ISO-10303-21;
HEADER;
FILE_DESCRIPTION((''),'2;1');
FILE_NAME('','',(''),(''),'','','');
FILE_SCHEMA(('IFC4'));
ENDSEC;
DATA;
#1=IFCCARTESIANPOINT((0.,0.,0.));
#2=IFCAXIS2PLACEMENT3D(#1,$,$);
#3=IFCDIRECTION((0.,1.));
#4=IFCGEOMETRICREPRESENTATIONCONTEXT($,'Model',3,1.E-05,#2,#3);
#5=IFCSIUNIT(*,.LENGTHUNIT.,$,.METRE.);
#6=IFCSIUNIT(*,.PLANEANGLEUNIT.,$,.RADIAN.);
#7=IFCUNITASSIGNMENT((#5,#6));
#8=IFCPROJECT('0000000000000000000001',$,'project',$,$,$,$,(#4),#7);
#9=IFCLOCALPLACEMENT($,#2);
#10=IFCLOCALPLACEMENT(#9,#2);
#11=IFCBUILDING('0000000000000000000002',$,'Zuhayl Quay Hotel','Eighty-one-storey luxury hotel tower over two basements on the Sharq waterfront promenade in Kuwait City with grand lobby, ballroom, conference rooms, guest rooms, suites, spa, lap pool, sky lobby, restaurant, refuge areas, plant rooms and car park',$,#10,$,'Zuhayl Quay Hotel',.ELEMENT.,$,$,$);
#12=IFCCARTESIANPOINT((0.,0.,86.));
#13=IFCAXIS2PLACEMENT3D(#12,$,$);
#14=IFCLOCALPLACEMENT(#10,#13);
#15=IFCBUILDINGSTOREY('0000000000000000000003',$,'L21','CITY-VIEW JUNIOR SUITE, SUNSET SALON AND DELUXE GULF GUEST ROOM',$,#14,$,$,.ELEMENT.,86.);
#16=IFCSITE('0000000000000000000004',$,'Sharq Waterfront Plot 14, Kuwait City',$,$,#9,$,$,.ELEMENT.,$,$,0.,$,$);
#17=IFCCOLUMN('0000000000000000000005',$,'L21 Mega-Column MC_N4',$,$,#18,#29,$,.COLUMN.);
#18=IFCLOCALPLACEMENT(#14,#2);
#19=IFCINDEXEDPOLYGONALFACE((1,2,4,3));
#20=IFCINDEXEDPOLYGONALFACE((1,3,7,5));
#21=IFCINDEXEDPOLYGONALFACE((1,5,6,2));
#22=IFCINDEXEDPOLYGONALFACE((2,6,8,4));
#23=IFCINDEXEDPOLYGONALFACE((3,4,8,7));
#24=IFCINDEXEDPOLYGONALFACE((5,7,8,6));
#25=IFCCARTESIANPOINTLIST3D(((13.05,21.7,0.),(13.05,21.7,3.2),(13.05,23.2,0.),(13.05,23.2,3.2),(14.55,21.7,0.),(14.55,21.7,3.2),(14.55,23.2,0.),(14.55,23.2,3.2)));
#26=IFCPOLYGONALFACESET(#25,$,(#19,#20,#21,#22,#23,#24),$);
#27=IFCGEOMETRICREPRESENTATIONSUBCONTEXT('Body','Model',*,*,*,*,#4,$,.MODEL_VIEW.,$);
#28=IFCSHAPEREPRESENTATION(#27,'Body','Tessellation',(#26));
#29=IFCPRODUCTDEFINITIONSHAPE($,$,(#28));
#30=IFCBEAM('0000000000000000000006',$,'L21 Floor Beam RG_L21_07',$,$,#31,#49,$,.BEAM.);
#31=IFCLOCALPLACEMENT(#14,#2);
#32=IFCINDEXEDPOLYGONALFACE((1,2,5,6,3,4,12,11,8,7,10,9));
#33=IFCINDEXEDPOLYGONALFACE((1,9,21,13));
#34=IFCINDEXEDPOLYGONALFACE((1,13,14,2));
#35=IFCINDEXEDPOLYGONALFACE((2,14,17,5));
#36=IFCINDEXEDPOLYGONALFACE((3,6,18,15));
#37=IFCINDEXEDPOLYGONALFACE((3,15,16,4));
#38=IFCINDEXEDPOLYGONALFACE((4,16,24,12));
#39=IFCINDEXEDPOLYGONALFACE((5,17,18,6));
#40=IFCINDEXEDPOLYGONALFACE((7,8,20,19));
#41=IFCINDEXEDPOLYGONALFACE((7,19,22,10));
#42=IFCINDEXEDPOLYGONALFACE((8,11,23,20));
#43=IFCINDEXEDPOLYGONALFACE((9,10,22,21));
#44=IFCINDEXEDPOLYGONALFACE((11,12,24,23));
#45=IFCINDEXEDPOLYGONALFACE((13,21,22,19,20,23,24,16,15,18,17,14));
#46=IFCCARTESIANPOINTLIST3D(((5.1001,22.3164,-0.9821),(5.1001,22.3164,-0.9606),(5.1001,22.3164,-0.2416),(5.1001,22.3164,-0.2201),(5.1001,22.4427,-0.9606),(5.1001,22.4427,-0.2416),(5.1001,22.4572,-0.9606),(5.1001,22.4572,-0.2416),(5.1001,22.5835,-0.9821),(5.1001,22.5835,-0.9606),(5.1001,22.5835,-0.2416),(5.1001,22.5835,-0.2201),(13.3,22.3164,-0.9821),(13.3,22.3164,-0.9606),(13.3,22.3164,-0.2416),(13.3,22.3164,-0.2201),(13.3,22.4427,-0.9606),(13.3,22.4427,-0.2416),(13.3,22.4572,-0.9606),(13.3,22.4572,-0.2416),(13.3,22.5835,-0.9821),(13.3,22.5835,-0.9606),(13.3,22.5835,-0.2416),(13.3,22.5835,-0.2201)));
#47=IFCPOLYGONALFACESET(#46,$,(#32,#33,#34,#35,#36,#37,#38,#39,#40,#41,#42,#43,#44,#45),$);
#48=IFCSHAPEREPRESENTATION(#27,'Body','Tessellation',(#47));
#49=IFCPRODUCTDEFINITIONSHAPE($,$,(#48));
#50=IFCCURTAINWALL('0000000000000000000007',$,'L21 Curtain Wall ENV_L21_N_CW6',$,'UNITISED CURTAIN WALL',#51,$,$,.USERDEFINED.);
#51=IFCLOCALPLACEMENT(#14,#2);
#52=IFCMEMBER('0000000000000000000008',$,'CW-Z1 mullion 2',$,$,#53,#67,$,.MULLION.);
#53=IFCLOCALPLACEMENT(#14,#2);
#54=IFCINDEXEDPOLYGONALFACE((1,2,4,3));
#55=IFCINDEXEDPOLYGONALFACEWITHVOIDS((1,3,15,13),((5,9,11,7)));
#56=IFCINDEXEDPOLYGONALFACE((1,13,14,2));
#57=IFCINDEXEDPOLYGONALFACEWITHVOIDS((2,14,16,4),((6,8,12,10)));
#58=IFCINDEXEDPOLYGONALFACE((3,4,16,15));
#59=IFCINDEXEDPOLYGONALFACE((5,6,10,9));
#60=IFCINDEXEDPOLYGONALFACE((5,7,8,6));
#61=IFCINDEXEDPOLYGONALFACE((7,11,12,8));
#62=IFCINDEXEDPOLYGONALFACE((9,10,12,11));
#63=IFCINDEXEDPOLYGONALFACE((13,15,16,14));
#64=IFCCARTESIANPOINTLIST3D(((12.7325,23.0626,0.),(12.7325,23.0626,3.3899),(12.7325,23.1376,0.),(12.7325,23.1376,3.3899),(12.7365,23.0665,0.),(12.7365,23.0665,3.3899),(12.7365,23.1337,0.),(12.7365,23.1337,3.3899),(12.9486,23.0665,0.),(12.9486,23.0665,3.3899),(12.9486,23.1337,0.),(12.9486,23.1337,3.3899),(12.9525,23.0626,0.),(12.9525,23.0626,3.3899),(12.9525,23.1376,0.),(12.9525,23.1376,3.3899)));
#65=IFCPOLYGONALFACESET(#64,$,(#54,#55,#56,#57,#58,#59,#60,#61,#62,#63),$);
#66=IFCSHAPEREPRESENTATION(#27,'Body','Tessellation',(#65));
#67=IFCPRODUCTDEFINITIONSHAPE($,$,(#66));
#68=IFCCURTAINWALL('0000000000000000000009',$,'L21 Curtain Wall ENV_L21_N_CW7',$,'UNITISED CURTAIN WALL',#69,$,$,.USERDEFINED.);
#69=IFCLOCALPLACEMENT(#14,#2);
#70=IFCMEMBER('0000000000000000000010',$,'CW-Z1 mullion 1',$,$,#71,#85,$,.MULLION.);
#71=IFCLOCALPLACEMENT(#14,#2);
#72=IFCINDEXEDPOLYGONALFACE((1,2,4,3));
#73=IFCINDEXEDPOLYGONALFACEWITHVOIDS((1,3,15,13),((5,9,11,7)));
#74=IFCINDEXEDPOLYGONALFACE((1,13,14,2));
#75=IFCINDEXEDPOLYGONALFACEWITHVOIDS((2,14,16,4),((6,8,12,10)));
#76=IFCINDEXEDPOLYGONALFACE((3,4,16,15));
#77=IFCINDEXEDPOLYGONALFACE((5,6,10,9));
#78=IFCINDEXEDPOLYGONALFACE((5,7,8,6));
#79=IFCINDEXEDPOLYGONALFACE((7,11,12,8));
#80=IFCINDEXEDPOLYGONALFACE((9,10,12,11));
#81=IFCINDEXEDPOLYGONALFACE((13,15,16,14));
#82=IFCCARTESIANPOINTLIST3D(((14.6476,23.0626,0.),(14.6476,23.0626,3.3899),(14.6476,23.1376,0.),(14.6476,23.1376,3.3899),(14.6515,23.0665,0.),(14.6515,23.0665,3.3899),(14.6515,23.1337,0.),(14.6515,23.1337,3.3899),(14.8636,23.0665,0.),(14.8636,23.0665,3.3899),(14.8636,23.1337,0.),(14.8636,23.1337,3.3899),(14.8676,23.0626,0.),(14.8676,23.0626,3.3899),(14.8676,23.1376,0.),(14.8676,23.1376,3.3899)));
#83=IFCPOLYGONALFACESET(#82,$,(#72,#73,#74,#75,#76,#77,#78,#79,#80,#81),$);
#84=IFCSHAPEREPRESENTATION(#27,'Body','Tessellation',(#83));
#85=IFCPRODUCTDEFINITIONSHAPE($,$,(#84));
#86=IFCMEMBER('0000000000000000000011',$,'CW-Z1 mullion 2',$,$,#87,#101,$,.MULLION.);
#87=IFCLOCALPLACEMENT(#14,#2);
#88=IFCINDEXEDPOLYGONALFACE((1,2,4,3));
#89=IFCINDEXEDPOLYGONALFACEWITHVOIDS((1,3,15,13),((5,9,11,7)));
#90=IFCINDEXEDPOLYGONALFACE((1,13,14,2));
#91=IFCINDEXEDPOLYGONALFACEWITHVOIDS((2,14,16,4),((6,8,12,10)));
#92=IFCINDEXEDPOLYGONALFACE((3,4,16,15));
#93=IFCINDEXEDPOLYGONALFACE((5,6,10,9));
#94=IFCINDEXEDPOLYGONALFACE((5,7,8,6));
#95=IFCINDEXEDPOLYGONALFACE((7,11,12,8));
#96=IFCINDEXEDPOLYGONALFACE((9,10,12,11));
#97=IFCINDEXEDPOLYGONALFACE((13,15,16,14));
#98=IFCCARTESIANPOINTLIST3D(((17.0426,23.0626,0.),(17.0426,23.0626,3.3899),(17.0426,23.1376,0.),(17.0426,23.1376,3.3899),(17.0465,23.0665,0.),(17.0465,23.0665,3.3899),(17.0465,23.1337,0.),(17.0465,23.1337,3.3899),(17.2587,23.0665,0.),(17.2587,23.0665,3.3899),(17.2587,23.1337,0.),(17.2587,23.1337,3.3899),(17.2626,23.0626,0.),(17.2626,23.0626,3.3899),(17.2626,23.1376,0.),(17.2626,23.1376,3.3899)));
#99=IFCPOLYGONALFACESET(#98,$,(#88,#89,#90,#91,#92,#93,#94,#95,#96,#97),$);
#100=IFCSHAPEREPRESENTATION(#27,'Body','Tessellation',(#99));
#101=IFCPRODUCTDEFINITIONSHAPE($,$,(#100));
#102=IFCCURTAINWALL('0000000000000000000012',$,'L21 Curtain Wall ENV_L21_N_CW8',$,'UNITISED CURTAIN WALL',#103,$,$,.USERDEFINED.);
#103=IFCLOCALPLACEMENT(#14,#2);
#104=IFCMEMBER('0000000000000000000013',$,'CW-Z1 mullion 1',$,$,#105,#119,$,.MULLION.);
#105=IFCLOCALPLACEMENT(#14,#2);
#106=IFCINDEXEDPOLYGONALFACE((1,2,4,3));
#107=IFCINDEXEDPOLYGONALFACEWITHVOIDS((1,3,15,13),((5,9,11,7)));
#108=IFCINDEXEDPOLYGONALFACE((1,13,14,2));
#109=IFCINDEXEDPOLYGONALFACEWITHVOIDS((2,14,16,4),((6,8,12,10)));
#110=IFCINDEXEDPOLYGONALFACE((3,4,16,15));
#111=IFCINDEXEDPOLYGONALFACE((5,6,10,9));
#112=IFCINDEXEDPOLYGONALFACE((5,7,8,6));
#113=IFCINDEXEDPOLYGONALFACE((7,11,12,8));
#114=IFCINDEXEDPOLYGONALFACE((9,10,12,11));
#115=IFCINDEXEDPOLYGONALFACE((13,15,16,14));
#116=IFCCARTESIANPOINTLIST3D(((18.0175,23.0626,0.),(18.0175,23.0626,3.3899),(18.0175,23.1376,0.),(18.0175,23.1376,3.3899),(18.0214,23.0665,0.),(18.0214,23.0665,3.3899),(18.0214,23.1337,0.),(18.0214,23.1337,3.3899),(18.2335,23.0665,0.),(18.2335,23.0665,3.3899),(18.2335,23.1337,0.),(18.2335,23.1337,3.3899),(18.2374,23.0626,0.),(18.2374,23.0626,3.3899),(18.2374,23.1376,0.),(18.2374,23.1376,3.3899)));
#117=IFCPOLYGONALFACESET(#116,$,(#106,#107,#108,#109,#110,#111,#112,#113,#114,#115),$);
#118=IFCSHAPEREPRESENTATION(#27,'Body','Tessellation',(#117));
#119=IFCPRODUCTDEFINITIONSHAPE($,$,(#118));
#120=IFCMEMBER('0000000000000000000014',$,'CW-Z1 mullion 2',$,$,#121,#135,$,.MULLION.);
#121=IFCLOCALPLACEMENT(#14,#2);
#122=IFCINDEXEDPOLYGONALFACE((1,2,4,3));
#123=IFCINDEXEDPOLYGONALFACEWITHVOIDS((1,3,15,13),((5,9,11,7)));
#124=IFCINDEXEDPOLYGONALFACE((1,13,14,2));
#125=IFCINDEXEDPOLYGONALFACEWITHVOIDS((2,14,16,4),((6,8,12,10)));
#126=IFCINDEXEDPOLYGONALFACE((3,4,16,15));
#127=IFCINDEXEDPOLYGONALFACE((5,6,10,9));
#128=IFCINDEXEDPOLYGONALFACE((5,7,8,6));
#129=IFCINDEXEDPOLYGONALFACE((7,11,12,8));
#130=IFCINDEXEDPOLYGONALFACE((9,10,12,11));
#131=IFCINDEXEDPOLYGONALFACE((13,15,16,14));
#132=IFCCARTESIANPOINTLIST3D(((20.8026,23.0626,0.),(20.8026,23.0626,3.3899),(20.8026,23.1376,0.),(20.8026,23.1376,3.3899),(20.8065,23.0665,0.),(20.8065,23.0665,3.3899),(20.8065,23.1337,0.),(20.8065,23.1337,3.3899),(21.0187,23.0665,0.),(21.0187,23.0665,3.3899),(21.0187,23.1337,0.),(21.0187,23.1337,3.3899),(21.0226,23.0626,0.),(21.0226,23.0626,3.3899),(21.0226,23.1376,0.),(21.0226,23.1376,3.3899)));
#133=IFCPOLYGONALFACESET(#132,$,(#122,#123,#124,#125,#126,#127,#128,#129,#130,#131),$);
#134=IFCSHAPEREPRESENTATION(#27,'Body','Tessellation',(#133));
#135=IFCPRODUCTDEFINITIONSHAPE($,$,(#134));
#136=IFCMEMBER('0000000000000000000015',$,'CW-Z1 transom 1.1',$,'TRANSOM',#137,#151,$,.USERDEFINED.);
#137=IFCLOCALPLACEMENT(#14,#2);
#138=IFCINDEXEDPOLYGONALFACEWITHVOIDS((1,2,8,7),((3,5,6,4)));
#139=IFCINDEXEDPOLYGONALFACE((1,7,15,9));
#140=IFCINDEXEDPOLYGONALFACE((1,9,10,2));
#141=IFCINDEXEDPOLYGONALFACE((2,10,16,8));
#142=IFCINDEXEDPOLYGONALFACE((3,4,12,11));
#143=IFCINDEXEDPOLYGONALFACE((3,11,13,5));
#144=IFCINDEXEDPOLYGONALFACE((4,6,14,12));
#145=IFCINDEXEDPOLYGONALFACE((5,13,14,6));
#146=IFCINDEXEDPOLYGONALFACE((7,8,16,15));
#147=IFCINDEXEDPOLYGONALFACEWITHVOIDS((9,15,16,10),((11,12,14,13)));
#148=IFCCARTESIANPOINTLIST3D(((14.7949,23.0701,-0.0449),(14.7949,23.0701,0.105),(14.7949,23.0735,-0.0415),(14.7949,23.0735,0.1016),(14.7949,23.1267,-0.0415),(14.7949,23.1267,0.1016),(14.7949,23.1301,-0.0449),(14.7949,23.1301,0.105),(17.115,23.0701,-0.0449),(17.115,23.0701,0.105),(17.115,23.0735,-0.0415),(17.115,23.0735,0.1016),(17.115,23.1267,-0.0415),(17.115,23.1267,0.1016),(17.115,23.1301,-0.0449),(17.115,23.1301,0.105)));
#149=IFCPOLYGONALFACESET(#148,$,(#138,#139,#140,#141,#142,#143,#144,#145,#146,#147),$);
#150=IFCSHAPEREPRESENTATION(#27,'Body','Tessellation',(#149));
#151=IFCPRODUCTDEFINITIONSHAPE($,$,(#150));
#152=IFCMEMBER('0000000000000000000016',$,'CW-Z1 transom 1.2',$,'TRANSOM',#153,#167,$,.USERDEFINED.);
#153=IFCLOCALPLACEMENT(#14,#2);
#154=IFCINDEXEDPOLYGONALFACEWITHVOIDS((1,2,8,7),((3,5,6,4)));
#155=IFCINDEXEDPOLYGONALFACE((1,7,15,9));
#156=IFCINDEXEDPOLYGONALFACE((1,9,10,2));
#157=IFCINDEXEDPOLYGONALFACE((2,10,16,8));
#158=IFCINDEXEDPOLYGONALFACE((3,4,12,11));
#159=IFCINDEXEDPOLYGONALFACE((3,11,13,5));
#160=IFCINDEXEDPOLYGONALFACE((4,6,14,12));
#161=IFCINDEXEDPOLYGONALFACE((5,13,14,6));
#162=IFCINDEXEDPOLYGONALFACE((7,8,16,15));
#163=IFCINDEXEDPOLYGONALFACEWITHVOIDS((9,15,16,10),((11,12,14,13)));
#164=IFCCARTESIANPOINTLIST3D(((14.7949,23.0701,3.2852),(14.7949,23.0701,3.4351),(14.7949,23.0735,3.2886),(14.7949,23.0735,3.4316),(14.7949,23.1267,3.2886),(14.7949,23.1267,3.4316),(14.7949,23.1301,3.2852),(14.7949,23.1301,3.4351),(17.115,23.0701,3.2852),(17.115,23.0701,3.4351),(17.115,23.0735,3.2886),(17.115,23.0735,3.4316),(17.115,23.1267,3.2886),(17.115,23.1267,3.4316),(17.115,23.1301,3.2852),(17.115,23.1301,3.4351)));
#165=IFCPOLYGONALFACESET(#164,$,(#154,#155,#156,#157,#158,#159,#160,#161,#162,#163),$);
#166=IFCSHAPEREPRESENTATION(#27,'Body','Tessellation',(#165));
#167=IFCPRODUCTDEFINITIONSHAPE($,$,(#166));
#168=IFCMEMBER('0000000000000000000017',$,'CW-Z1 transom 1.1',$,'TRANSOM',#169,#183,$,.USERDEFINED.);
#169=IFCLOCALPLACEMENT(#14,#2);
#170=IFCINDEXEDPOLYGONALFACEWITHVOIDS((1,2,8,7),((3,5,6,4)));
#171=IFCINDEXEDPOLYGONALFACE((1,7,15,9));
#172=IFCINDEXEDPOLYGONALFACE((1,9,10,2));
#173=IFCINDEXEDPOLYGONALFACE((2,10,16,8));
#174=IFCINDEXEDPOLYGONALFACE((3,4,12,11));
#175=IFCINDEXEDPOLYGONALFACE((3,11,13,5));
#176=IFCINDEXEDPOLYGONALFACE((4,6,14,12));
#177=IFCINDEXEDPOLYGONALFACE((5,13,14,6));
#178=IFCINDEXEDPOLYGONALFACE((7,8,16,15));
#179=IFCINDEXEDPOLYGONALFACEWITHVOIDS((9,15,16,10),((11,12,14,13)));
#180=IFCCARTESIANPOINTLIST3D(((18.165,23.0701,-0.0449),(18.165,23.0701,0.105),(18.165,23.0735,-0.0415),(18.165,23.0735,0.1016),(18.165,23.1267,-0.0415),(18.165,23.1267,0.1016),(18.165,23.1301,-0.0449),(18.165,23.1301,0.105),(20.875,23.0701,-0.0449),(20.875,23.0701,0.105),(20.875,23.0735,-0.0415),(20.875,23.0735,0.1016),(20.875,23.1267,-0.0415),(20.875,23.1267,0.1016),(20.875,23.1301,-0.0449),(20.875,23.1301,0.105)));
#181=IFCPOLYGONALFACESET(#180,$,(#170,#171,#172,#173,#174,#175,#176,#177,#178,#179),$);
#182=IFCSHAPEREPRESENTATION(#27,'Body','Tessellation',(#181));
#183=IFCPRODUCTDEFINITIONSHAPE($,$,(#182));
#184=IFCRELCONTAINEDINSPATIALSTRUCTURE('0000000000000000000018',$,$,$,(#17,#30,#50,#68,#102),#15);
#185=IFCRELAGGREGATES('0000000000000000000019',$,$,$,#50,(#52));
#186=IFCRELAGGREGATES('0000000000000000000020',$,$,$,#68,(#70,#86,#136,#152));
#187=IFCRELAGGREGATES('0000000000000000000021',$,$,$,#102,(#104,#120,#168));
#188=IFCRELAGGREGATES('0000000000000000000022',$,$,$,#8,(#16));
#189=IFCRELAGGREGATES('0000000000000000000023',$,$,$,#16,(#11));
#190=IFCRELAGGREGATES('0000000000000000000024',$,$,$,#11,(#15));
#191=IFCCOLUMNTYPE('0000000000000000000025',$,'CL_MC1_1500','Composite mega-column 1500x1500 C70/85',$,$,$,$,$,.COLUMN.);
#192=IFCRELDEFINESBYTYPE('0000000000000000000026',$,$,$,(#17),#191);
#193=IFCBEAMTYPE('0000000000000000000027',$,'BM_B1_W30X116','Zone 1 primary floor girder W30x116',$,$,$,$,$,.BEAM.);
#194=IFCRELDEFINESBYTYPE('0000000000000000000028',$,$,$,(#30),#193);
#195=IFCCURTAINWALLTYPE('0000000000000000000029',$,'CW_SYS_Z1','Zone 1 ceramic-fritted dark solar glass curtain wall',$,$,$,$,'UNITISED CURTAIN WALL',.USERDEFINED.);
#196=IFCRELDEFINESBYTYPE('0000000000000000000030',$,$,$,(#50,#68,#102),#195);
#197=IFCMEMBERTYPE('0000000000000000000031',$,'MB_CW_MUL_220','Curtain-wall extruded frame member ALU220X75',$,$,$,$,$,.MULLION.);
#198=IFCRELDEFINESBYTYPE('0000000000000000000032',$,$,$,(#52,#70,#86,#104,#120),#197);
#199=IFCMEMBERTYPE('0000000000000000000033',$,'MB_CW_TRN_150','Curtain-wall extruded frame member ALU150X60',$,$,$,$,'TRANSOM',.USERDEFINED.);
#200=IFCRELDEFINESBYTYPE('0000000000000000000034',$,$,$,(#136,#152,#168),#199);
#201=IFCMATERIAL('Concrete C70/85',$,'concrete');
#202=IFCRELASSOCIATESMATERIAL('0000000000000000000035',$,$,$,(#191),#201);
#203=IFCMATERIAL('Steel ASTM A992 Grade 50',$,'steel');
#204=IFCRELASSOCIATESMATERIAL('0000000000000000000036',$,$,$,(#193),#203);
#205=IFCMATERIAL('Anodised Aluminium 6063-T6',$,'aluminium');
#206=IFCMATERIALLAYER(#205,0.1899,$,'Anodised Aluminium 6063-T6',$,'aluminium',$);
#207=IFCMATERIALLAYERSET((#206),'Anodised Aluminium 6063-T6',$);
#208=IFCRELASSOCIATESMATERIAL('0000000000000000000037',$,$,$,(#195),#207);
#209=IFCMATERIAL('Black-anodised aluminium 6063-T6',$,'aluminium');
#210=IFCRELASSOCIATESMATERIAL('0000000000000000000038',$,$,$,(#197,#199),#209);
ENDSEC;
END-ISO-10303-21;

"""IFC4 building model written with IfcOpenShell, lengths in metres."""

from ifc_helpers import new_model, si_unit, direction, frame, origin, origin_2d, place, context, subcontext, project, spatial, rectangle, hollow_rectangle, i_section, extrude, material, layer, layer_set, material_profile, profile_set, type_object, element, aggregate, save


model = new_model("IFC4")

# Units and contexts
model_context = context("Model", 3, precision=1e-05, world=origin(), true_north=direction((0.0, 1.0)))
body_context = subcontext(model_context, "Body", "Model", "MODEL_VIEW")
ifc_project = project(units=[si_unit("LENGTHUNIT", "METRE"), si_unit("PLANEANGLEUNIT", "RADIAN")], contexts=[model_context])

# Site, building, storey
site_placement = place(None, origin())
site = spatial("IfcSite", under=ifc_project, at=site_placement, Name="Sharq Waterfront Plot 14, Kuwait City", CompositionType="ELEMENT", RefElevation=0.0)
building_placement = place(site_placement, origin())
building = spatial("IfcBuilding", under=site, at=building_placement, Name="Zuhayl Quay Hotel", Description="Eighty-one-storey luxury hotel tower over two basements on the Sharq waterfront promenade in Kuwait City with grand lobby, ballroom, conference rooms, guest rooms, suites, spa, lap pool, sky lobby, restaurant, refuge areas, plant rooms and car park", LongName="Zuhayl Quay Hotel", CompositionType="ELEMENT")
storey_placement = place(building_placement, frame((0.0, 0.0, 86.0)))
storey = spatial("IfcBuildingStorey", under=building, at=storey_placement, Name="L21", Description="CITY-VIEW JUNIOR SUITE, SUNSET SALON AND DELUXE GULF GUEST ROOM", CompositionType="ELEMENT", Elevation=86.0)

# Column
ifc_material_1 = material(Name="Concrete C70/85", Category="concrete")
ifc_material_profile_1 = material_profile(ifc_material_1, rectangle(XDim=1.5, YDim=1.5, at=origin_2d()), Name="RC1500X1500")
ifc_profile_set_1 = profile_set([ifc_material_profile_1], Name="Concrete C70/85")
column_type = type_object("IfcColumnType", Name="CL_MC1_1500", Description="Composite mega-column 1500x1500 C70/85", PredefinedType="COLUMN", material=ifc_profile_set_1)
column_placement = place(storey_placement, frame((13.8, 22.45, 0.0), z_axis=(0.0, 0.0, 1.0), x_axis=(1.0, 0.0, 0.0)))
element("IfcColumn", 1, at=column_placement, inside=storey, type_object=column_type, Name="L21 Mega-Column MC_N4", PredefinedType="COLUMN", context=body_context, shape_type="SweptSolid", body=[
    extrude(rectangle(XDim=1.5, YDim=1.5, at=origin_2d()), origin(), (0.0, 0.0, 1.0), 3.2),
])

# Beam
ifc_material_2 = material(Name="Steel ASTM A992 Grade 50", Category="steel")
ifc_material_profile_2 = material_profile(ifc_material_2, i_section(OverallWidth=0.2671, OverallDepth=0.762, WebThickness=0.0144, FlangeThickness=0.0215, at=origin_2d()), Name="W30X116")
ifc_profile_set_2 = profile_set([ifc_material_profile_2], Name="Steel ASTM A992 Grade 50")
beam_type = type_object("IfcBeamType", Name="BM_B1_W30X116", Description="Zone 1 primary floor girder W30x116", PredefinedType="BEAM", material=ifc_profile_set_2)
beam_placement = place(storey_placement, frame((13.3, 22.45, -0.6011), z_axis=(-1.0, 0.0, 0.0), x_axis=(0.0, -1.0, 0.0)))
element("IfcBeam", 2, at=beam_placement, inside=storey, type_object=beam_type, Name="L21 Floor Beam RG_L21_07", PredefinedType="BEAM", context=body_context, shape_type="SweptSolid", body=[
    extrude(i_section(OverallWidth=0.2671, OverallDepth=0.762, WebThickness=0.0144, FlangeThickness=0.0215, at=origin_2d()), origin(), (0.0, 0.0, 1.0), 8.2),
])

# Curtain wall, member
ifc_material_3 = material(Name="Anodised Aluminium 6063-T6", Category="aluminium")
ifc_layer_1 = layer(ifc_material_3, 0.1899, Name="Anodised Aluminium 6063-T6", Category="aluminium")
ifc_layer_set_1 = layer_set([ifc_layer_1], Name="Anodised Aluminium 6063-T6")
curtain_wall_type = type_object("IfcCurtainWallType", Name="CW_SYS_Z1", Description="Zone 1 ceramic-fritted dark solar glass curtain wall", ElementType="UNITISED CURTAIN WALL", PredefinedType="USERDEFINED", material=ifc_layer_set_1)
curtain_wall_1_placement = place(storey_placement, origin())
curtain_wall_1 = element("IfcCurtainWall", 3, at=curtain_wall_1_placement, inside=storey, type_object=curtain_wall_type, Name="L21 Curtain Wall ENV_L21_N_CW6", ObjectType="UNITISED CURTAIN WALL", PredefinedType="USERDEFINED")
ifc_material_4 = material(Name="Black-anodised aluminium 6063-T6", Category="aluminium")
ifc_material_profile_3 = material_profile(ifc_material_4, hollow_rectangle(XDim=0.075, YDim=0.22, WallThickness=0.0039, at=origin_2d()), Name="ALU220X75")
ifc_profile_set_3 = profile_set([ifc_material_profile_3], Name="Black-anodised aluminium 6063-T6")
member_type_1 = type_object("IfcMemberType", Name="MB_CW_MUL_220", Description="Curtain-wall extruded frame member ALU220X75", PredefinedType="MULLION", material=ifc_profile_set_3)
member_1_placement = place(storey_placement, frame((12.8425, 23.1001, 0.0), z_axis=(0.0, 0.0, 1.0), x_axis=(0.0, 1.0, 0.0)))
member_1 = element("IfcMember", 4, at=member_1_placement, type_object=member_type_1, Name="CW-Z1 mullion 2", PredefinedType="MULLION", context=body_context, shape_type="SweptSolid", body=[
    extrude(hollow_rectangle(XDim=0.075, YDim=0.22, WallThickness=0.0039, at=origin_2d()), origin(), (0.0, 0.0, 1.0), 3.3899),
])
aggregate(curtain_wall_1, [member_1])

# Curtain walls, members
curtain_wall_2_placement = place(storey_placement, origin())
curtain_wall_2 = element("IfcCurtainWall", 5, at=curtain_wall_2_placement, inside=storey, type_object=curtain_wall_type, Name="L21 Curtain Wall ENV_L21_N_CW7", ObjectType="UNITISED CURTAIN WALL", PredefinedType="USERDEFINED")
member_2_placement = place(storey_placement, frame((14.7576, 23.1001, 0.0), z_axis=(0.0, 0.0, 1.0), x_axis=(0.0, 1.0, 0.0)))
member_2 = element("IfcMember", 6, at=member_2_placement, type_object=member_type_1, Name="CW-Z1 mullion 1", PredefinedType="MULLION", context=body_context, shape_type="SweptSolid", body=[
    extrude(hollow_rectangle(XDim=0.075, YDim=0.22, WallThickness=0.0039, at=origin_2d()), origin(), (0.0, 0.0, 1.0), 3.3899),
])
member_3_placement = place(storey_placement, frame((17.1526, 23.1001, 0.0), z_axis=(0.0, 0.0, 1.0), x_axis=(0.0, 1.0, 0.0)))
member_3 = element("IfcMember", 7, at=member_3_placement, type_object=member_type_1, Name="CW-Z1 mullion 2", PredefinedType="MULLION", context=body_context, shape_type="SweptSolid", body=[
    extrude(hollow_rectangle(XDim=0.075, YDim=0.22, WallThickness=0.0039, at=origin_2d()), origin(), (0.0, 0.0, 1.0), 3.3899),
])
curtain_wall_3_placement = place(storey_placement, origin())
curtain_wall_3 = element("IfcCurtainWall", 8, at=curtain_wall_3_placement, inside=storey, type_object=curtain_wall_type, Name="L21 Curtain Wall ENV_L21_N_CW8", ObjectType="UNITISED CURTAIN WALL", PredefinedType="USERDEFINED")
member_4_placement = place(storey_placement, frame((18.1274, 23.1001, 0.0), z_axis=(0.0, 0.0, 1.0), x_axis=(0.0, 1.0, 0.0)))
member_4 = element("IfcMember", 9, at=member_4_placement, type_object=member_type_1, Name="CW-Z1 mullion 1", PredefinedType="MULLION", context=body_context, shape_type="SweptSolid", body=[
    extrude(hollow_rectangle(XDim=0.075, YDim=0.22, WallThickness=0.0039, at=origin_2d()), origin(), (0.0, 0.0, 1.0), 3.3899),
])
member_5_placement = place(storey_placement, frame((20.9126, 23.1001, 0.0), z_axis=(0.0, 0.0, 1.0), x_axis=(0.0, 1.0, 0.0)))
member_5 = element("IfcMember", 10, at=member_5_placement, type_object=member_type_1, Name="CW-Z1 mullion 2", PredefinedType="MULLION", context=body_context, shape_type="SweptSolid", body=[
    extrude(hollow_rectangle(XDim=0.075, YDim=0.22, WallThickness=0.0039, at=origin_2d()), origin(), (0.0, 0.0, 1.0), 3.3899),
])

# Members
ifc_material_profile_4 = material_profile(ifc_material_4, hollow_rectangle(XDim=0.0601, YDim=0.1499, WallThickness=0.0034, at=origin_2d()), Name="ALU150X60")
ifc_profile_set_4 = profile_set([ifc_material_profile_4], Name="Black-anodised aluminium 6063-T6")
member_type_2 = type_object("IfcMemberType", Name="MB_CW_TRN_150", Description="Curtain-wall extruded frame member ALU150X60", ElementType="TRANSOM", PredefinedType="USERDEFINED", material=ifc_profile_set_4)
member_6_placement = place(storey_placement, frame((14.7949, 23.1001, 0.03), z_axis=(1.0, 0.0, 0.0), x_axis=(0.0, 1.0, 0.0)))
member_6 = element("IfcMember", 11, at=member_6_placement, type_object=member_type_2, Name="CW-Z1 transom 1.1", ObjectType="TRANSOM", PredefinedType="USERDEFINED", context=body_context, shape_type="SweptSolid", body=[
    extrude(hollow_rectangle(XDim=0.0601, YDim=0.1499, WallThickness=0.0034, at=origin_2d()), origin(), (0.0, 0.0, 1.0), 2.3201),
])
member_7_placement = place(storey_placement, frame((14.7949, 23.1001, 3.3601), z_axis=(1.0, 0.0, 0.0), x_axis=(0.0, 1.0, 0.0)))
member_7 = element("IfcMember", 12, at=member_7_placement, type_object=member_type_2, Name="CW-Z1 transom 1.2", ObjectType="TRANSOM", PredefinedType="USERDEFINED", context=body_context, shape_type="SweptSolid", body=[
    extrude(hollow_rectangle(XDim=0.0601, YDim=0.1499, WallThickness=0.0034, at=origin_2d()), origin(), (0.0, 0.0, 1.0), 2.3201),
])
member_8_placement = place(storey_placement, frame((18.165, 23.1001, 0.03), z_axis=(1.0, 0.0, 0.0), x_axis=(0.0, 1.0, 0.0)))
member_8 = element("IfcMember", 13, at=member_8_placement, type_object=member_type_2, Name="CW-Z1 transom 1.1", ObjectType="TRANSOM", PredefinedType="USERDEFINED", context=body_context, shape_type="SweptSolid", body=[
    extrude(hollow_rectangle(XDim=0.0601, YDim=0.1499, WallThickness=0.0034, at=origin_2d()), origin(), (0.0, 0.0, 1.0), 2.71),
])

aggregate(curtain_wall_2, [member_2, member_3, member_6, member_7])
aggregate(curtain_wall_3, [member_4, member_5, member_8])

save(model, "model.ifc")
